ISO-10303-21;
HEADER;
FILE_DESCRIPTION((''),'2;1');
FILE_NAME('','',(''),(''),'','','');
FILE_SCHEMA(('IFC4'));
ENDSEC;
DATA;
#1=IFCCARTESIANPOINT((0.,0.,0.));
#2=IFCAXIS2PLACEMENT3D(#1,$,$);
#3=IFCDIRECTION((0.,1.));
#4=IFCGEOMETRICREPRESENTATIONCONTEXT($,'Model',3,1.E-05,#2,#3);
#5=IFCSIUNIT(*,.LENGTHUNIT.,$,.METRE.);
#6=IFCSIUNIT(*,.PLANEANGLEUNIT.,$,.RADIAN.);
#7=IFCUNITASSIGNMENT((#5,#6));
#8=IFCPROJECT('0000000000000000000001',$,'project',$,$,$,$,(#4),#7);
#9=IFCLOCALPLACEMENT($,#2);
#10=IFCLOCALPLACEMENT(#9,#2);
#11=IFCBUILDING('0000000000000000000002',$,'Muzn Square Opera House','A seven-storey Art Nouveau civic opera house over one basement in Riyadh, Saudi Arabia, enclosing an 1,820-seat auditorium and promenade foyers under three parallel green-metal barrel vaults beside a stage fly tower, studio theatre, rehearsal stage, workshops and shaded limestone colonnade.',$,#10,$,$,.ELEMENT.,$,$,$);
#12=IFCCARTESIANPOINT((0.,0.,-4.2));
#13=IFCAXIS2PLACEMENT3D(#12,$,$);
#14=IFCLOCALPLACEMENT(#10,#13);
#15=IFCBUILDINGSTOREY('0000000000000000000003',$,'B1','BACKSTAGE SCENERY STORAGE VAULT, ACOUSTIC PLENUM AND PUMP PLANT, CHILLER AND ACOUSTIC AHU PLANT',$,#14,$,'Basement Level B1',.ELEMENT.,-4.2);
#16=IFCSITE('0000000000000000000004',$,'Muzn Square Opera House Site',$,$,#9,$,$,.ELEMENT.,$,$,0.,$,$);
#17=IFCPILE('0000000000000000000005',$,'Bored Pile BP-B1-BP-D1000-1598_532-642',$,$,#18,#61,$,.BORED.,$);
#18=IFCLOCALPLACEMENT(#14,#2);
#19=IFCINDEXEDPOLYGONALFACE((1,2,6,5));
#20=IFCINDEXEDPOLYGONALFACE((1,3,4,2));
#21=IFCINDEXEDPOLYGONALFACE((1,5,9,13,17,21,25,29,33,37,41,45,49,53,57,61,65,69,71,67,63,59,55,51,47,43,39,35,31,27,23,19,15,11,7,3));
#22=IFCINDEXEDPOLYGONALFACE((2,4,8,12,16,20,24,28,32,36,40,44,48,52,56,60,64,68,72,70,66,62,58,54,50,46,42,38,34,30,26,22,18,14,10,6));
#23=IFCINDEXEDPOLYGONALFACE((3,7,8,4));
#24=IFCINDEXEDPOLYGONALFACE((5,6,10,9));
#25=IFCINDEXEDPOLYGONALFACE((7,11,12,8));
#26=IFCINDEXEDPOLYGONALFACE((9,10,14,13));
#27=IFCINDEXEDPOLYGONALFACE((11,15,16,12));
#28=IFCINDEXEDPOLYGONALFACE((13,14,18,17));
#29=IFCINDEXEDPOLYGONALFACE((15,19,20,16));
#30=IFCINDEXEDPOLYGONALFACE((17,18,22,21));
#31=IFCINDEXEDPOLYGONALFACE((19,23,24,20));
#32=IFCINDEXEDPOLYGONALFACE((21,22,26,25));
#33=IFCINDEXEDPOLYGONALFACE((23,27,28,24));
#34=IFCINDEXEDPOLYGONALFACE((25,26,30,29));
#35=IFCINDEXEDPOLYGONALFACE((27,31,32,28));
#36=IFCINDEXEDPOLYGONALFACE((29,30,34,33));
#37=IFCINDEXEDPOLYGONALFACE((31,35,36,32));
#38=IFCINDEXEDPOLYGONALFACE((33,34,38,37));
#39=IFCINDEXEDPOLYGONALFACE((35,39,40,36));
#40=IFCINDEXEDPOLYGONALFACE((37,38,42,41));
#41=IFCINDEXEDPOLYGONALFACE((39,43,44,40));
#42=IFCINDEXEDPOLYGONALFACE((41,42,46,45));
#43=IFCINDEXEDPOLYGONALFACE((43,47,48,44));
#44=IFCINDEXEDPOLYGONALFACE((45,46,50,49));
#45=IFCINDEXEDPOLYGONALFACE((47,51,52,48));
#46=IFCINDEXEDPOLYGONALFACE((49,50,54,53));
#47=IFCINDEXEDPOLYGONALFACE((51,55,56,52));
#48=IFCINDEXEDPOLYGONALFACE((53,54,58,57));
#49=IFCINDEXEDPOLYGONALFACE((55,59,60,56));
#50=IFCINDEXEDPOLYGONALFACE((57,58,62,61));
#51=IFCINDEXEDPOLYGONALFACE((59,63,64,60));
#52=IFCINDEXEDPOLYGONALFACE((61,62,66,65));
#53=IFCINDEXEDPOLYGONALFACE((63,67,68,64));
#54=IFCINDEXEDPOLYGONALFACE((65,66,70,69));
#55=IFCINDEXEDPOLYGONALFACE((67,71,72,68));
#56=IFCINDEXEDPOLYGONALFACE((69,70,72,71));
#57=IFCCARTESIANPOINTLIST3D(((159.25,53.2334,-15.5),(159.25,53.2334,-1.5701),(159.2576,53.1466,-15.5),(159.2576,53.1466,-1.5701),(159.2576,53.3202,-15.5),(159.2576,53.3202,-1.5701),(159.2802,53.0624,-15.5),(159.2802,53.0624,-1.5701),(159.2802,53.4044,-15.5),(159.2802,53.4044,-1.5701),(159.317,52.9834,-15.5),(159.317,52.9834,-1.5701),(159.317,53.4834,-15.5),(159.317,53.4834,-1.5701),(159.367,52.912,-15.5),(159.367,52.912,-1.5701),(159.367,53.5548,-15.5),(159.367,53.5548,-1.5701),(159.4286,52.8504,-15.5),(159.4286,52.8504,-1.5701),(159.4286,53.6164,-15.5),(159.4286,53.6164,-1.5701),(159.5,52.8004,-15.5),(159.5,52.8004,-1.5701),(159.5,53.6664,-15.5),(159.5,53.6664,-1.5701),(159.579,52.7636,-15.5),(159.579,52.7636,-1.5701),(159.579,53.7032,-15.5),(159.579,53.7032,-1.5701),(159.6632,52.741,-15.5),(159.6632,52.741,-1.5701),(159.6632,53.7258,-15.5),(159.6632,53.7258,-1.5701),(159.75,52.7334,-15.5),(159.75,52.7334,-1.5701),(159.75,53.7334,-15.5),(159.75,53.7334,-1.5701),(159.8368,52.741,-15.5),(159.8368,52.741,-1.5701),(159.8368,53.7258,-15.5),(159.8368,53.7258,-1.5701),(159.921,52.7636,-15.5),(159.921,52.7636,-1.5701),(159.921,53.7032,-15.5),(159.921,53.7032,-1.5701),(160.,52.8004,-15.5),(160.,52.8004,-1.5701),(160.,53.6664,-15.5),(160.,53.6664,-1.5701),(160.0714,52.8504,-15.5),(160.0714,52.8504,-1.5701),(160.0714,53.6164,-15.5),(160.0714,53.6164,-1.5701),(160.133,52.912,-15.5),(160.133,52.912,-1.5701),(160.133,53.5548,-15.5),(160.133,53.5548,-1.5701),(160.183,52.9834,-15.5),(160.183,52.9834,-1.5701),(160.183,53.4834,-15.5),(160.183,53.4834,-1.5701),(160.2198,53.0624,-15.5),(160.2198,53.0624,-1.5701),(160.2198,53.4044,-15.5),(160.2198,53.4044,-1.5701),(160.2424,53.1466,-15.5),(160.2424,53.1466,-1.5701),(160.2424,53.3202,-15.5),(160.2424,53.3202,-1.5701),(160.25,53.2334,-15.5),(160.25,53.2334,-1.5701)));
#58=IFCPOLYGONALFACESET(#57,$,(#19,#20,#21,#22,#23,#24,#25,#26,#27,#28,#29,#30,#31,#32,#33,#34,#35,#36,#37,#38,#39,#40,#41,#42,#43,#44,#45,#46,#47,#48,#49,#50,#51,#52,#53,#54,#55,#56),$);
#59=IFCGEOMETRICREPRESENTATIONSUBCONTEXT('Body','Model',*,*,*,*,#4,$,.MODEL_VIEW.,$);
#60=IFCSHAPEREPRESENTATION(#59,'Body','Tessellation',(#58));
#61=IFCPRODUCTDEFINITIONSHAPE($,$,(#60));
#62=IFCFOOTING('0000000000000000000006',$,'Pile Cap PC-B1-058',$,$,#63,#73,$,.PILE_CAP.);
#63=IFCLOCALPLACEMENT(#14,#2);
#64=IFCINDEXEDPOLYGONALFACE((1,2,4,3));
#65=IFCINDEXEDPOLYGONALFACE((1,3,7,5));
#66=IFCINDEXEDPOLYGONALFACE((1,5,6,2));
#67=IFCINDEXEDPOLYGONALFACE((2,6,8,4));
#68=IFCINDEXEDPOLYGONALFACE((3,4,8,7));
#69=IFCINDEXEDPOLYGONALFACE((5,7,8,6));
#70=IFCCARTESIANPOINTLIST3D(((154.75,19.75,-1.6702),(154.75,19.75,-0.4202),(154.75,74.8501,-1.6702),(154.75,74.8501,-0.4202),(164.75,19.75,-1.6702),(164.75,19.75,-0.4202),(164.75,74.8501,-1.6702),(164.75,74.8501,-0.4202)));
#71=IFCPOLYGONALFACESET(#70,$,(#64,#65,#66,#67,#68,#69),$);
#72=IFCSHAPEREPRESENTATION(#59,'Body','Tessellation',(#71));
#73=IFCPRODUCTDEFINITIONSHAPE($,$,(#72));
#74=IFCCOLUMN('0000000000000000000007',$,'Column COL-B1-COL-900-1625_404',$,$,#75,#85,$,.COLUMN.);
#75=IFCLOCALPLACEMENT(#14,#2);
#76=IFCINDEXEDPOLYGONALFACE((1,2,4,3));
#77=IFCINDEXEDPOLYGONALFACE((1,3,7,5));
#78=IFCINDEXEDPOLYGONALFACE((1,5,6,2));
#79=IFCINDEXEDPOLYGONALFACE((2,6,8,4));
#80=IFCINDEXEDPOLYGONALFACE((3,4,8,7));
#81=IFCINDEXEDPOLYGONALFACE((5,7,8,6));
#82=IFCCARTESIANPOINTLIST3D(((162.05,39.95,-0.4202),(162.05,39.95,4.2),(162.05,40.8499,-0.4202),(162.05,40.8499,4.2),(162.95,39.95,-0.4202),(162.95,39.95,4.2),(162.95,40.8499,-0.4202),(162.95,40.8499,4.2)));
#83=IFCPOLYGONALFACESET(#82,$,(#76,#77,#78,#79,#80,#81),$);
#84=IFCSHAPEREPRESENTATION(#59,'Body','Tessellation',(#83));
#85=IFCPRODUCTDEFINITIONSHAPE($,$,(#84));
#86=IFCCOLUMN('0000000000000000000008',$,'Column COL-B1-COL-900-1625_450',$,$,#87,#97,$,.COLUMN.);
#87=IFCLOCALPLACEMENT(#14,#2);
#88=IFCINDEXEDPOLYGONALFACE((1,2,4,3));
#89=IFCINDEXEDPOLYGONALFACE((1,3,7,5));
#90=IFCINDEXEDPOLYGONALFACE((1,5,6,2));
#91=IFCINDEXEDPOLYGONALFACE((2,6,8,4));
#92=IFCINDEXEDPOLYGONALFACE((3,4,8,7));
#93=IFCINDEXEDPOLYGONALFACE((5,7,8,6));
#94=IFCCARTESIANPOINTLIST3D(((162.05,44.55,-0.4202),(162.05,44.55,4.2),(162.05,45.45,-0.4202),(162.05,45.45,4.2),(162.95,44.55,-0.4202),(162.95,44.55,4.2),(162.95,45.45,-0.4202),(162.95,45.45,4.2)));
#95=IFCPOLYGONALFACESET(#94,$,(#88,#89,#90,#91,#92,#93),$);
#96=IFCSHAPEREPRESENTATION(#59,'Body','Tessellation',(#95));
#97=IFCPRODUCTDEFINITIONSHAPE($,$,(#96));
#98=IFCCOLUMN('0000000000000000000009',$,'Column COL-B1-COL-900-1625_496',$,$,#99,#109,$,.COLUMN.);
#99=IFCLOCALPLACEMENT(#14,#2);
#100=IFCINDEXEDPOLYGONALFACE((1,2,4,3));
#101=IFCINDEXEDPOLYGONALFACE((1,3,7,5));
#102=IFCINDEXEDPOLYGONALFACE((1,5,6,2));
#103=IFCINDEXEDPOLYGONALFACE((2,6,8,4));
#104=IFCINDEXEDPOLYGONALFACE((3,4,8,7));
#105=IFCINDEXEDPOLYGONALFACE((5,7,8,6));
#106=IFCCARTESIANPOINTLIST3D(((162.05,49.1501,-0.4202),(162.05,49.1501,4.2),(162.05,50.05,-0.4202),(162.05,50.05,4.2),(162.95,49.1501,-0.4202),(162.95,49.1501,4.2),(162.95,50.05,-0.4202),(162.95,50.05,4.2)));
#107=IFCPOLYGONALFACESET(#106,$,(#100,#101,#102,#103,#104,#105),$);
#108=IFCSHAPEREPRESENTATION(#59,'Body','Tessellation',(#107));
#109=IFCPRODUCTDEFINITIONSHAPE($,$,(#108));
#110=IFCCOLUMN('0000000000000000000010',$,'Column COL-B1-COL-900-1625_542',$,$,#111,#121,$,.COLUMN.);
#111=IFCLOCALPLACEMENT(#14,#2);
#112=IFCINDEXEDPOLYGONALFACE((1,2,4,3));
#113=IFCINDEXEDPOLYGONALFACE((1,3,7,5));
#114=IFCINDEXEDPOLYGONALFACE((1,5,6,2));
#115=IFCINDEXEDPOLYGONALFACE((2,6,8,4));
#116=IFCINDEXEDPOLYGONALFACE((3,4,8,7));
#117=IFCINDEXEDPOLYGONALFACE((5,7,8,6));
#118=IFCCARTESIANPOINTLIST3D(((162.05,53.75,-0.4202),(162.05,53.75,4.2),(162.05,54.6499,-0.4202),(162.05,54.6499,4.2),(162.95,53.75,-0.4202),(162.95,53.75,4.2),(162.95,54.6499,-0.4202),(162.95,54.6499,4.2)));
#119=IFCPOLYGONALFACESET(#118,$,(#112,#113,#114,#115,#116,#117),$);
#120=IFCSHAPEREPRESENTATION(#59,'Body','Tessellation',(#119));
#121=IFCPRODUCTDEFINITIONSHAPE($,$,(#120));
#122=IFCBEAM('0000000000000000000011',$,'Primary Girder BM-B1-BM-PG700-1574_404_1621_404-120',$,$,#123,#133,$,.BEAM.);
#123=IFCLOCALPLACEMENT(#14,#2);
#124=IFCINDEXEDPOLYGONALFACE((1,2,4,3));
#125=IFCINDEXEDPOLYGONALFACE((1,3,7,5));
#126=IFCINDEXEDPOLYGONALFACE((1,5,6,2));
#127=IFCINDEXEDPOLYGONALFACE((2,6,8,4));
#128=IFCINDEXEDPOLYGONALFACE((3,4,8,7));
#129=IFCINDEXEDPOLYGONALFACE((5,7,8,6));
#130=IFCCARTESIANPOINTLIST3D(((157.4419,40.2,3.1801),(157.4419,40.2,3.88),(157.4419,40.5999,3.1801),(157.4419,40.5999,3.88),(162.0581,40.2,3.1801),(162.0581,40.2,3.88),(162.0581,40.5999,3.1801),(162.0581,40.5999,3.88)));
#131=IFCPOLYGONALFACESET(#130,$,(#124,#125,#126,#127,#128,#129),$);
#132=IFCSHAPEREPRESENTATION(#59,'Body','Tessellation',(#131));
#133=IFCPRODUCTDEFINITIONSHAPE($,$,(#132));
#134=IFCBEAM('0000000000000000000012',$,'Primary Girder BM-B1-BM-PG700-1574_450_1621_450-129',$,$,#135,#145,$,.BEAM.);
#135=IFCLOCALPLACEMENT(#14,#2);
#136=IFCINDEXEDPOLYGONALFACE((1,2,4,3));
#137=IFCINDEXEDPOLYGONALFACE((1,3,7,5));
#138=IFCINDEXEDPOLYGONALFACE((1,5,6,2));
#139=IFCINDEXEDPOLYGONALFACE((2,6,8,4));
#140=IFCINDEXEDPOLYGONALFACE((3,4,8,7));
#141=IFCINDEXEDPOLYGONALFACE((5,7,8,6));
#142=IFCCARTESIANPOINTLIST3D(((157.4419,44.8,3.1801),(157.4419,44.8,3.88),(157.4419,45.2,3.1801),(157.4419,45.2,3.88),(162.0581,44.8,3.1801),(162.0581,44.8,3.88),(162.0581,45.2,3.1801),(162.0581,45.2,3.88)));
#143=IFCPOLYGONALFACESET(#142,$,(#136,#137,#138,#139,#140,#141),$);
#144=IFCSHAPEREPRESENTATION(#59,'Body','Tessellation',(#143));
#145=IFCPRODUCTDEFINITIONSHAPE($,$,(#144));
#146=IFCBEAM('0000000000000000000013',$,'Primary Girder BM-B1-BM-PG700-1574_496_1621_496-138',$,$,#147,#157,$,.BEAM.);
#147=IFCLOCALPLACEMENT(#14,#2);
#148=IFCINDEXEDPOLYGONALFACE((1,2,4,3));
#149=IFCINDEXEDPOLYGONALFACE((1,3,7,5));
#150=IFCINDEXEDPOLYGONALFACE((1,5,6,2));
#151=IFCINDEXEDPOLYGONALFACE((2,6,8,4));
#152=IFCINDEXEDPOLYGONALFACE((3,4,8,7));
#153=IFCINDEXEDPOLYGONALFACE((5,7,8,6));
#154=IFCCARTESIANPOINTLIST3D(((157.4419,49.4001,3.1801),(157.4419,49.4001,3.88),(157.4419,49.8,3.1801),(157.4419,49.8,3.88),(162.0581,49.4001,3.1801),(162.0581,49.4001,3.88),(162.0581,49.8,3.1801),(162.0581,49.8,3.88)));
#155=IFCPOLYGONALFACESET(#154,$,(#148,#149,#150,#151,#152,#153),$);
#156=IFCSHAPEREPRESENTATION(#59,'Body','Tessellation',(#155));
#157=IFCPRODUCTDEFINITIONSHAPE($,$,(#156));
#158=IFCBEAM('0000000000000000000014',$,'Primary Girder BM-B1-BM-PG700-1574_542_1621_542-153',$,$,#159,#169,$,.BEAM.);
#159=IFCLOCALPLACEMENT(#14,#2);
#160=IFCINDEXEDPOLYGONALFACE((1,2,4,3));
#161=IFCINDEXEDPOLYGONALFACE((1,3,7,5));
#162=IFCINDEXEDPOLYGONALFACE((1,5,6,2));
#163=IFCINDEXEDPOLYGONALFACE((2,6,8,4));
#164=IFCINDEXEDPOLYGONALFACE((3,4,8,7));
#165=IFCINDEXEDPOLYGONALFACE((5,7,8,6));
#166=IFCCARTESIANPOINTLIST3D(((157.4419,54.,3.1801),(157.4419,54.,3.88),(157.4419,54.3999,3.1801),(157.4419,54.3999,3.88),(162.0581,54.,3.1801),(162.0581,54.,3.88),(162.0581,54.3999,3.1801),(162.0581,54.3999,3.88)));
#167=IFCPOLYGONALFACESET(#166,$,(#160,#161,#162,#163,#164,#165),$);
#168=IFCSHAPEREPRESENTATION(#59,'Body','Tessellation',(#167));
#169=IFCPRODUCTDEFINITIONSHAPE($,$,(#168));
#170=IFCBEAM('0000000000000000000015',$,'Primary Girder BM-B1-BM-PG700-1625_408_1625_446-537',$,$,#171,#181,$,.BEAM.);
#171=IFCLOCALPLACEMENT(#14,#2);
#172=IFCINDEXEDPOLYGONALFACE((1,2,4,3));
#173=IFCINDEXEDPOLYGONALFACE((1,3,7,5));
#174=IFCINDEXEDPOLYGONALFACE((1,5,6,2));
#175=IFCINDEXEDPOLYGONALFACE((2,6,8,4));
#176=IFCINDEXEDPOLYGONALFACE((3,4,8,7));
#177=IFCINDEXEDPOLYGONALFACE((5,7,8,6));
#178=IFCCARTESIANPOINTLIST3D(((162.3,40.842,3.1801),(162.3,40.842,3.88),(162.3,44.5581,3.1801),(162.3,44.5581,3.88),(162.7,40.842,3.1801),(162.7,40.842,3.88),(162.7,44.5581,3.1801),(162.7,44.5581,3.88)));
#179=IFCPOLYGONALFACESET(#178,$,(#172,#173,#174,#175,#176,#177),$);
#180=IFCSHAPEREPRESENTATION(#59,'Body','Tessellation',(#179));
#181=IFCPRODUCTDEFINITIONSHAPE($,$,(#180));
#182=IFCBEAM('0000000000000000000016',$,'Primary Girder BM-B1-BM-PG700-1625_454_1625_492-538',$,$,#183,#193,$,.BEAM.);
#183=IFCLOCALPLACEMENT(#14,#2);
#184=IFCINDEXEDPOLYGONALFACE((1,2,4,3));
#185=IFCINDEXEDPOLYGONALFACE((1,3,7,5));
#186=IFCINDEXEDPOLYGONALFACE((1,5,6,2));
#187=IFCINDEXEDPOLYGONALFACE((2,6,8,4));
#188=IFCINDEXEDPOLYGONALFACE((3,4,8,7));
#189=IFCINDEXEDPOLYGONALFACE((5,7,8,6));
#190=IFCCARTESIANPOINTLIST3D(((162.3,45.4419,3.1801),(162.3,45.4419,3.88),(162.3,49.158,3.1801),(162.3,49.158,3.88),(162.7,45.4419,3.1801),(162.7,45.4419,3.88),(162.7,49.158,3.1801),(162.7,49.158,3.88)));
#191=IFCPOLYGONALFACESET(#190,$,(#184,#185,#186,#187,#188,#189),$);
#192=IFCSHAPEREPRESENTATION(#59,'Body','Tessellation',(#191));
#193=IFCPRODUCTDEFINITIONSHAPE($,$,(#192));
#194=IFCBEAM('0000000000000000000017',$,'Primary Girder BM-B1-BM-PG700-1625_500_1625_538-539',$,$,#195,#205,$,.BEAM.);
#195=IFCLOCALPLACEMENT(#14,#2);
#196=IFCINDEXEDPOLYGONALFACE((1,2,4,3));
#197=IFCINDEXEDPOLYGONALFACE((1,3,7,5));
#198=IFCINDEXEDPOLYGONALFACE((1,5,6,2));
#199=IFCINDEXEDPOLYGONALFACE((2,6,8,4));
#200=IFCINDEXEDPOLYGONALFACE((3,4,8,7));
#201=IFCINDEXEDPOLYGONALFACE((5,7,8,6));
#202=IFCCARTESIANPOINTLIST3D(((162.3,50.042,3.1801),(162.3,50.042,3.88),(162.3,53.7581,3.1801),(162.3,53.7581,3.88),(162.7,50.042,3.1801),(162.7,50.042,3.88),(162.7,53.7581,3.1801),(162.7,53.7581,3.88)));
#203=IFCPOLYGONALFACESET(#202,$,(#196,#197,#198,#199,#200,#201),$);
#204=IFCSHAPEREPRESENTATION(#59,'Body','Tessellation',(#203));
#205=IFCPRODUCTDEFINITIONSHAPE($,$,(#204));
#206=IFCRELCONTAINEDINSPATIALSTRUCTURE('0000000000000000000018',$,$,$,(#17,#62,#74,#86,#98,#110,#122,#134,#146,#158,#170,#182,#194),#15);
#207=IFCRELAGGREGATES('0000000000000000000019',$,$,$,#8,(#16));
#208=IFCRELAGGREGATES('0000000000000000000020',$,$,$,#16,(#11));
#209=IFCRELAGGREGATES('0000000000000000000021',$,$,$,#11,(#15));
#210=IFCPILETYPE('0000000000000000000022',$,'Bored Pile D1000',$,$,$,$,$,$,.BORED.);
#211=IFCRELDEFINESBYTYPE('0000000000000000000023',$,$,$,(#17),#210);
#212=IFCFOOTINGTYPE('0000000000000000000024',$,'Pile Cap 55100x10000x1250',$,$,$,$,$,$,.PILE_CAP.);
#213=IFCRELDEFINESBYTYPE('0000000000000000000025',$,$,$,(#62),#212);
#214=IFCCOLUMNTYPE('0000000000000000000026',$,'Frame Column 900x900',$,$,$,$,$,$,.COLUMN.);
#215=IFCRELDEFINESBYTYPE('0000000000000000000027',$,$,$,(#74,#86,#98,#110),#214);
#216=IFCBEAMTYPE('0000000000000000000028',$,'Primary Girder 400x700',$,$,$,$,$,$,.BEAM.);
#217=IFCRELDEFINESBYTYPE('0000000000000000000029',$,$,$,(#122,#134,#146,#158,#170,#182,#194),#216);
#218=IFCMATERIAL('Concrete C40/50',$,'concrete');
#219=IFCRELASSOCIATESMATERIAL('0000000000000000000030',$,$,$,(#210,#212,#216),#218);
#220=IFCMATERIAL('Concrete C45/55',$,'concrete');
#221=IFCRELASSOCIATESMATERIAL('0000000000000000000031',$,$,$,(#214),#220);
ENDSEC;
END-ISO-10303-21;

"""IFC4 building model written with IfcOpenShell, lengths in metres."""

from ifc_helpers import new_model, si_unit, direction, frame, origin, origin_2d, place, context, subcontext, project, spatial, rectangle, circle, extrude, material, material_profile, profile_set, type_object, element, save


model = new_model("IFC4")

# Units and contexts
model_context = context("Model", 3, precision=1e-05, world=origin(), true_north=direction((0.0, 1.0)))
body_context = subcontext(model_context, "Body", "Model", "MODEL_VIEW")
ifc_project = project(units=[si_unit("LENGTHUNIT", "METRE"), si_unit("PLANEANGLEUNIT", "RADIAN")], contexts=[model_context])

# Site, building, storey
site_placement = place(None, origin())
site = spatial("IfcSite", under=ifc_project, at=site_placement, Name="Muzn Square Opera House Site", CompositionType="ELEMENT", RefElevation=0.0)
building_placement = place(site_placement, origin())
building = spatial("IfcBuilding", under=site, at=building_placement, Name="Muzn Square Opera House", Description="A seven-storey Art Nouveau civic opera house over one basement in Riyadh, Saudi Arabia, enclosing an 1,820-seat auditorium and promenade foyers under three parallel green-metal barrel vaults beside a stage fly tower, studio theatre, rehearsal stage, workshops and shaded limestone colonnade.", CompositionType="ELEMENT")
storey_placement = place(building_placement, frame((0.0, 0.0, -4.2)))
storey = spatial("IfcBuildingStorey", under=building, at=storey_placement, Name="B1", Description="BACKSTAGE SCENERY STORAGE VAULT, ACOUSTIC PLENUM AND PUMP PLANT, CHILLER AND ACOUSTIC AHU PLANT", LongName="Basement Level B1", CompositionType="ELEMENT", Elevation=-4.2)

# Pile
ifc_material_1 = material(Name="Concrete C40/50", Category="concrete")
ifc_material_profile_1 = material_profile(ifc_material_1, circle(Radius=0.5, at=origin_2d()), Name="BORED PILE D1000", Category="concrete")
ifc_profile_set_1 = profile_set([ifc_material_profile_1], Name="Concrete C40/50")
pile_type = type_object("IfcPileType", Name="Bored Pile D1000", PredefinedType="BORED", material=ifc_profile_set_1)
for number, where, z_axis, x_axis, name in (
    (1, (159.75, 53.2334, -1.5701), (0.0, 0.0, -1.0), (1.0, 0.0, 0.0), "Bored Pile BP-B1-BP-D1000-1598_532-642"),
):
    element("IfcPile", number, at=place(storey_placement, frame(where, z_axis=z_axis, x_axis=x_axis)), inside=storey, type_object=pile_type, Name=name, PredefinedType="BORED", context=body_context, shape_type="SweptSolid", body=[
        extrude(circle(Radius=0.5, at=origin_2d()), origin(), (0.0, 0.0, 1.0), 13.9299),
    ])

# Footing
footing_type = type_object("IfcFootingType", Name="Pile Cap 55100x10000x1250", PredefinedType="PILE_CAP", material=ifc_material_1)
footing_placement = place(storey_placement, frame((159.75, 47.3, -1.6702), z_axis=(0.0, 0.0, 1.0), x_axis=(1.0, 0.0, 0.0)))
element("IfcFooting", 2, at=footing_placement, inside=storey, type_object=footing_type, Name="Pile Cap PC-B1-058", PredefinedType="PILE_CAP", context=body_context, shape_type="SweptSolid", body=[
    extrude(rectangle(XDim=10.0, YDim=55.1001, at=origin_2d()), origin(), (0.0, 0.0, 1.0), 1.25),
])

# Columns
ifc_material_2 = material(Name="Concrete C45/55", Category="concrete")
ifc_material_profile_2 = material_profile(ifc_material_2, rectangle(XDim=0.8999, YDim=0.8999, at=origin_2d()), Name="RC 900x900", Category="concrete")
ifc_profile_set_2 = profile_set([ifc_material_profile_2], Name="Concrete C45/55")
column_type = type_object("IfcColumnType", Name="Frame Column 900x900", PredefinedType="COLUMN", material=ifc_profile_set_2)
for number, where, z_axis, x_axis, name in (
    (3, (162.5, 40.3999, -0.4202), (0.0, 0.0, 1.0), (1.0, 0.0, 0.0), "Column COL-B1-COL-900-1625_404"),
    (4, (162.5, 45.0, -0.4202), (0.0, 0.0, 1.0), (1.0, 0.0, 0.0), "Column COL-B1-COL-900-1625_450"),
    (5, (162.5, 49.6001, -0.4202), (0.0, 0.0, 1.0), (1.0, 0.0, 0.0), "Column COL-B1-COL-900-1625_496"),
    (6, (162.5, 54.2, -0.4202), (0.0, 0.0, 1.0), (1.0, 0.0, 0.0), "Column COL-B1-COL-900-1625_542"),
):
    element("IfcColumn", number, at=place(storey_placement, frame(where, z_axis=z_axis, x_axis=x_axis)), inside=storey, type_object=column_type, Name=name, PredefinedType="COLUMN", context=body_context, shape_type="SweptSolid", body=[
        extrude(rectangle(XDim=0.8999, YDim=0.8999, at=origin_2d()), origin(), (0.0, 0.0, 1.0), 4.6201),
    ])

# Beams
ifc_material_profile_3 = material_profile(ifc_material_1, rectangle(XDim=0.3999, YDim=0.7, at=origin_2d()), Name="RCB 400x700", Category="concrete")
ifc_profile_set_3 = profile_set([ifc_material_profile_3], Name="Concrete C40/50")
beam_type_1 = type_object("IfcBeamType", Name="Primary Girder 400x700", PredefinedType="BEAM", material=ifc_profile_set_3)
for number, where, z_axis, x_axis, name in (
    (7, (157.4419, 40.3999, 3.53), (1.0, 0.0, 0.0), (0.0, 1.0, 0.0), "Primary Girder BM-B1-BM-PG700-1574_404_1621_404-120"),
    (8, (157.4419, 45.0, 3.53), (1.0, 0.0, 0.0), (0.0, 1.0, 0.0), "Primary Girder BM-B1-BM-PG700-1574_450_1621_450-129"),
    (9, (157.4419, 49.6001, 3.53), (1.0, 0.0, 0.0), (0.0, 1.0, 0.0), "Primary Girder BM-B1-BM-PG700-1574_496_1621_496-138"),
    (10, (157.4419, 54.2, 3.53), (1.0, 0.0, 0.0), (0.0, 1.0, 0.0), "Primary Girder BM-B1-BM-PG700-1574_542_1621_542-153"),
):
    element("IfcBeam", number, at=place(storey_placement, frame(where, z_axis=z_axis, x_axis=x_axis)), inside=storey, type_object=beam_type_1, Name=name, PredefinedType="BEAM", context=body_context, shape_type="SweptSolid", body=[
        extrude(rectangle(XDim=0.3999, YDim=0.7, at=origin_2d()), origin(), (0.0, 0.0, 1.0), 4.6162),
    ])
for number, where, z_axis, x_axis, name in (
    (11, (162.5, 40.842, 3.53), (0.0, 1.0, 0.0), (-1.0, 0.0, 0.0), "Primary Girder BM-B1-BM-PG700-1625_408_1625_446-537"),
    (12, (162.5, 45.4419, 3.53), (0.0, 1.0, 0.0), (-1.0, 0.0, 0.0), "Primary Girder BM-B1-BM-PG700-1625_454_1625_492-538"),
    (13, (162.5, 50.042, 3.53), (0.0, 1.0, 0.0), (-1.0, 0.0, 0.0), "Primary Girder BM-B1-BM-PG700-1625_500_1625_538-539"),
):
    element("IfcBeam", number, at=place(storey_placement, frame(where, z_axis=z_axis, x_axis=x_axis)), inside=storey, type_object=beam_type_1, Name=name, PredefinedType="BEAM", context=body_context, shape_type="SweptSolid", body=[
        extrude(rectangle(XDim=0.3999, YDim=0.7, at=origin_2d()), origin(), (0.0, 0.0, 1.0), 3.7161),
    ])

save(model, "model.ifc")
